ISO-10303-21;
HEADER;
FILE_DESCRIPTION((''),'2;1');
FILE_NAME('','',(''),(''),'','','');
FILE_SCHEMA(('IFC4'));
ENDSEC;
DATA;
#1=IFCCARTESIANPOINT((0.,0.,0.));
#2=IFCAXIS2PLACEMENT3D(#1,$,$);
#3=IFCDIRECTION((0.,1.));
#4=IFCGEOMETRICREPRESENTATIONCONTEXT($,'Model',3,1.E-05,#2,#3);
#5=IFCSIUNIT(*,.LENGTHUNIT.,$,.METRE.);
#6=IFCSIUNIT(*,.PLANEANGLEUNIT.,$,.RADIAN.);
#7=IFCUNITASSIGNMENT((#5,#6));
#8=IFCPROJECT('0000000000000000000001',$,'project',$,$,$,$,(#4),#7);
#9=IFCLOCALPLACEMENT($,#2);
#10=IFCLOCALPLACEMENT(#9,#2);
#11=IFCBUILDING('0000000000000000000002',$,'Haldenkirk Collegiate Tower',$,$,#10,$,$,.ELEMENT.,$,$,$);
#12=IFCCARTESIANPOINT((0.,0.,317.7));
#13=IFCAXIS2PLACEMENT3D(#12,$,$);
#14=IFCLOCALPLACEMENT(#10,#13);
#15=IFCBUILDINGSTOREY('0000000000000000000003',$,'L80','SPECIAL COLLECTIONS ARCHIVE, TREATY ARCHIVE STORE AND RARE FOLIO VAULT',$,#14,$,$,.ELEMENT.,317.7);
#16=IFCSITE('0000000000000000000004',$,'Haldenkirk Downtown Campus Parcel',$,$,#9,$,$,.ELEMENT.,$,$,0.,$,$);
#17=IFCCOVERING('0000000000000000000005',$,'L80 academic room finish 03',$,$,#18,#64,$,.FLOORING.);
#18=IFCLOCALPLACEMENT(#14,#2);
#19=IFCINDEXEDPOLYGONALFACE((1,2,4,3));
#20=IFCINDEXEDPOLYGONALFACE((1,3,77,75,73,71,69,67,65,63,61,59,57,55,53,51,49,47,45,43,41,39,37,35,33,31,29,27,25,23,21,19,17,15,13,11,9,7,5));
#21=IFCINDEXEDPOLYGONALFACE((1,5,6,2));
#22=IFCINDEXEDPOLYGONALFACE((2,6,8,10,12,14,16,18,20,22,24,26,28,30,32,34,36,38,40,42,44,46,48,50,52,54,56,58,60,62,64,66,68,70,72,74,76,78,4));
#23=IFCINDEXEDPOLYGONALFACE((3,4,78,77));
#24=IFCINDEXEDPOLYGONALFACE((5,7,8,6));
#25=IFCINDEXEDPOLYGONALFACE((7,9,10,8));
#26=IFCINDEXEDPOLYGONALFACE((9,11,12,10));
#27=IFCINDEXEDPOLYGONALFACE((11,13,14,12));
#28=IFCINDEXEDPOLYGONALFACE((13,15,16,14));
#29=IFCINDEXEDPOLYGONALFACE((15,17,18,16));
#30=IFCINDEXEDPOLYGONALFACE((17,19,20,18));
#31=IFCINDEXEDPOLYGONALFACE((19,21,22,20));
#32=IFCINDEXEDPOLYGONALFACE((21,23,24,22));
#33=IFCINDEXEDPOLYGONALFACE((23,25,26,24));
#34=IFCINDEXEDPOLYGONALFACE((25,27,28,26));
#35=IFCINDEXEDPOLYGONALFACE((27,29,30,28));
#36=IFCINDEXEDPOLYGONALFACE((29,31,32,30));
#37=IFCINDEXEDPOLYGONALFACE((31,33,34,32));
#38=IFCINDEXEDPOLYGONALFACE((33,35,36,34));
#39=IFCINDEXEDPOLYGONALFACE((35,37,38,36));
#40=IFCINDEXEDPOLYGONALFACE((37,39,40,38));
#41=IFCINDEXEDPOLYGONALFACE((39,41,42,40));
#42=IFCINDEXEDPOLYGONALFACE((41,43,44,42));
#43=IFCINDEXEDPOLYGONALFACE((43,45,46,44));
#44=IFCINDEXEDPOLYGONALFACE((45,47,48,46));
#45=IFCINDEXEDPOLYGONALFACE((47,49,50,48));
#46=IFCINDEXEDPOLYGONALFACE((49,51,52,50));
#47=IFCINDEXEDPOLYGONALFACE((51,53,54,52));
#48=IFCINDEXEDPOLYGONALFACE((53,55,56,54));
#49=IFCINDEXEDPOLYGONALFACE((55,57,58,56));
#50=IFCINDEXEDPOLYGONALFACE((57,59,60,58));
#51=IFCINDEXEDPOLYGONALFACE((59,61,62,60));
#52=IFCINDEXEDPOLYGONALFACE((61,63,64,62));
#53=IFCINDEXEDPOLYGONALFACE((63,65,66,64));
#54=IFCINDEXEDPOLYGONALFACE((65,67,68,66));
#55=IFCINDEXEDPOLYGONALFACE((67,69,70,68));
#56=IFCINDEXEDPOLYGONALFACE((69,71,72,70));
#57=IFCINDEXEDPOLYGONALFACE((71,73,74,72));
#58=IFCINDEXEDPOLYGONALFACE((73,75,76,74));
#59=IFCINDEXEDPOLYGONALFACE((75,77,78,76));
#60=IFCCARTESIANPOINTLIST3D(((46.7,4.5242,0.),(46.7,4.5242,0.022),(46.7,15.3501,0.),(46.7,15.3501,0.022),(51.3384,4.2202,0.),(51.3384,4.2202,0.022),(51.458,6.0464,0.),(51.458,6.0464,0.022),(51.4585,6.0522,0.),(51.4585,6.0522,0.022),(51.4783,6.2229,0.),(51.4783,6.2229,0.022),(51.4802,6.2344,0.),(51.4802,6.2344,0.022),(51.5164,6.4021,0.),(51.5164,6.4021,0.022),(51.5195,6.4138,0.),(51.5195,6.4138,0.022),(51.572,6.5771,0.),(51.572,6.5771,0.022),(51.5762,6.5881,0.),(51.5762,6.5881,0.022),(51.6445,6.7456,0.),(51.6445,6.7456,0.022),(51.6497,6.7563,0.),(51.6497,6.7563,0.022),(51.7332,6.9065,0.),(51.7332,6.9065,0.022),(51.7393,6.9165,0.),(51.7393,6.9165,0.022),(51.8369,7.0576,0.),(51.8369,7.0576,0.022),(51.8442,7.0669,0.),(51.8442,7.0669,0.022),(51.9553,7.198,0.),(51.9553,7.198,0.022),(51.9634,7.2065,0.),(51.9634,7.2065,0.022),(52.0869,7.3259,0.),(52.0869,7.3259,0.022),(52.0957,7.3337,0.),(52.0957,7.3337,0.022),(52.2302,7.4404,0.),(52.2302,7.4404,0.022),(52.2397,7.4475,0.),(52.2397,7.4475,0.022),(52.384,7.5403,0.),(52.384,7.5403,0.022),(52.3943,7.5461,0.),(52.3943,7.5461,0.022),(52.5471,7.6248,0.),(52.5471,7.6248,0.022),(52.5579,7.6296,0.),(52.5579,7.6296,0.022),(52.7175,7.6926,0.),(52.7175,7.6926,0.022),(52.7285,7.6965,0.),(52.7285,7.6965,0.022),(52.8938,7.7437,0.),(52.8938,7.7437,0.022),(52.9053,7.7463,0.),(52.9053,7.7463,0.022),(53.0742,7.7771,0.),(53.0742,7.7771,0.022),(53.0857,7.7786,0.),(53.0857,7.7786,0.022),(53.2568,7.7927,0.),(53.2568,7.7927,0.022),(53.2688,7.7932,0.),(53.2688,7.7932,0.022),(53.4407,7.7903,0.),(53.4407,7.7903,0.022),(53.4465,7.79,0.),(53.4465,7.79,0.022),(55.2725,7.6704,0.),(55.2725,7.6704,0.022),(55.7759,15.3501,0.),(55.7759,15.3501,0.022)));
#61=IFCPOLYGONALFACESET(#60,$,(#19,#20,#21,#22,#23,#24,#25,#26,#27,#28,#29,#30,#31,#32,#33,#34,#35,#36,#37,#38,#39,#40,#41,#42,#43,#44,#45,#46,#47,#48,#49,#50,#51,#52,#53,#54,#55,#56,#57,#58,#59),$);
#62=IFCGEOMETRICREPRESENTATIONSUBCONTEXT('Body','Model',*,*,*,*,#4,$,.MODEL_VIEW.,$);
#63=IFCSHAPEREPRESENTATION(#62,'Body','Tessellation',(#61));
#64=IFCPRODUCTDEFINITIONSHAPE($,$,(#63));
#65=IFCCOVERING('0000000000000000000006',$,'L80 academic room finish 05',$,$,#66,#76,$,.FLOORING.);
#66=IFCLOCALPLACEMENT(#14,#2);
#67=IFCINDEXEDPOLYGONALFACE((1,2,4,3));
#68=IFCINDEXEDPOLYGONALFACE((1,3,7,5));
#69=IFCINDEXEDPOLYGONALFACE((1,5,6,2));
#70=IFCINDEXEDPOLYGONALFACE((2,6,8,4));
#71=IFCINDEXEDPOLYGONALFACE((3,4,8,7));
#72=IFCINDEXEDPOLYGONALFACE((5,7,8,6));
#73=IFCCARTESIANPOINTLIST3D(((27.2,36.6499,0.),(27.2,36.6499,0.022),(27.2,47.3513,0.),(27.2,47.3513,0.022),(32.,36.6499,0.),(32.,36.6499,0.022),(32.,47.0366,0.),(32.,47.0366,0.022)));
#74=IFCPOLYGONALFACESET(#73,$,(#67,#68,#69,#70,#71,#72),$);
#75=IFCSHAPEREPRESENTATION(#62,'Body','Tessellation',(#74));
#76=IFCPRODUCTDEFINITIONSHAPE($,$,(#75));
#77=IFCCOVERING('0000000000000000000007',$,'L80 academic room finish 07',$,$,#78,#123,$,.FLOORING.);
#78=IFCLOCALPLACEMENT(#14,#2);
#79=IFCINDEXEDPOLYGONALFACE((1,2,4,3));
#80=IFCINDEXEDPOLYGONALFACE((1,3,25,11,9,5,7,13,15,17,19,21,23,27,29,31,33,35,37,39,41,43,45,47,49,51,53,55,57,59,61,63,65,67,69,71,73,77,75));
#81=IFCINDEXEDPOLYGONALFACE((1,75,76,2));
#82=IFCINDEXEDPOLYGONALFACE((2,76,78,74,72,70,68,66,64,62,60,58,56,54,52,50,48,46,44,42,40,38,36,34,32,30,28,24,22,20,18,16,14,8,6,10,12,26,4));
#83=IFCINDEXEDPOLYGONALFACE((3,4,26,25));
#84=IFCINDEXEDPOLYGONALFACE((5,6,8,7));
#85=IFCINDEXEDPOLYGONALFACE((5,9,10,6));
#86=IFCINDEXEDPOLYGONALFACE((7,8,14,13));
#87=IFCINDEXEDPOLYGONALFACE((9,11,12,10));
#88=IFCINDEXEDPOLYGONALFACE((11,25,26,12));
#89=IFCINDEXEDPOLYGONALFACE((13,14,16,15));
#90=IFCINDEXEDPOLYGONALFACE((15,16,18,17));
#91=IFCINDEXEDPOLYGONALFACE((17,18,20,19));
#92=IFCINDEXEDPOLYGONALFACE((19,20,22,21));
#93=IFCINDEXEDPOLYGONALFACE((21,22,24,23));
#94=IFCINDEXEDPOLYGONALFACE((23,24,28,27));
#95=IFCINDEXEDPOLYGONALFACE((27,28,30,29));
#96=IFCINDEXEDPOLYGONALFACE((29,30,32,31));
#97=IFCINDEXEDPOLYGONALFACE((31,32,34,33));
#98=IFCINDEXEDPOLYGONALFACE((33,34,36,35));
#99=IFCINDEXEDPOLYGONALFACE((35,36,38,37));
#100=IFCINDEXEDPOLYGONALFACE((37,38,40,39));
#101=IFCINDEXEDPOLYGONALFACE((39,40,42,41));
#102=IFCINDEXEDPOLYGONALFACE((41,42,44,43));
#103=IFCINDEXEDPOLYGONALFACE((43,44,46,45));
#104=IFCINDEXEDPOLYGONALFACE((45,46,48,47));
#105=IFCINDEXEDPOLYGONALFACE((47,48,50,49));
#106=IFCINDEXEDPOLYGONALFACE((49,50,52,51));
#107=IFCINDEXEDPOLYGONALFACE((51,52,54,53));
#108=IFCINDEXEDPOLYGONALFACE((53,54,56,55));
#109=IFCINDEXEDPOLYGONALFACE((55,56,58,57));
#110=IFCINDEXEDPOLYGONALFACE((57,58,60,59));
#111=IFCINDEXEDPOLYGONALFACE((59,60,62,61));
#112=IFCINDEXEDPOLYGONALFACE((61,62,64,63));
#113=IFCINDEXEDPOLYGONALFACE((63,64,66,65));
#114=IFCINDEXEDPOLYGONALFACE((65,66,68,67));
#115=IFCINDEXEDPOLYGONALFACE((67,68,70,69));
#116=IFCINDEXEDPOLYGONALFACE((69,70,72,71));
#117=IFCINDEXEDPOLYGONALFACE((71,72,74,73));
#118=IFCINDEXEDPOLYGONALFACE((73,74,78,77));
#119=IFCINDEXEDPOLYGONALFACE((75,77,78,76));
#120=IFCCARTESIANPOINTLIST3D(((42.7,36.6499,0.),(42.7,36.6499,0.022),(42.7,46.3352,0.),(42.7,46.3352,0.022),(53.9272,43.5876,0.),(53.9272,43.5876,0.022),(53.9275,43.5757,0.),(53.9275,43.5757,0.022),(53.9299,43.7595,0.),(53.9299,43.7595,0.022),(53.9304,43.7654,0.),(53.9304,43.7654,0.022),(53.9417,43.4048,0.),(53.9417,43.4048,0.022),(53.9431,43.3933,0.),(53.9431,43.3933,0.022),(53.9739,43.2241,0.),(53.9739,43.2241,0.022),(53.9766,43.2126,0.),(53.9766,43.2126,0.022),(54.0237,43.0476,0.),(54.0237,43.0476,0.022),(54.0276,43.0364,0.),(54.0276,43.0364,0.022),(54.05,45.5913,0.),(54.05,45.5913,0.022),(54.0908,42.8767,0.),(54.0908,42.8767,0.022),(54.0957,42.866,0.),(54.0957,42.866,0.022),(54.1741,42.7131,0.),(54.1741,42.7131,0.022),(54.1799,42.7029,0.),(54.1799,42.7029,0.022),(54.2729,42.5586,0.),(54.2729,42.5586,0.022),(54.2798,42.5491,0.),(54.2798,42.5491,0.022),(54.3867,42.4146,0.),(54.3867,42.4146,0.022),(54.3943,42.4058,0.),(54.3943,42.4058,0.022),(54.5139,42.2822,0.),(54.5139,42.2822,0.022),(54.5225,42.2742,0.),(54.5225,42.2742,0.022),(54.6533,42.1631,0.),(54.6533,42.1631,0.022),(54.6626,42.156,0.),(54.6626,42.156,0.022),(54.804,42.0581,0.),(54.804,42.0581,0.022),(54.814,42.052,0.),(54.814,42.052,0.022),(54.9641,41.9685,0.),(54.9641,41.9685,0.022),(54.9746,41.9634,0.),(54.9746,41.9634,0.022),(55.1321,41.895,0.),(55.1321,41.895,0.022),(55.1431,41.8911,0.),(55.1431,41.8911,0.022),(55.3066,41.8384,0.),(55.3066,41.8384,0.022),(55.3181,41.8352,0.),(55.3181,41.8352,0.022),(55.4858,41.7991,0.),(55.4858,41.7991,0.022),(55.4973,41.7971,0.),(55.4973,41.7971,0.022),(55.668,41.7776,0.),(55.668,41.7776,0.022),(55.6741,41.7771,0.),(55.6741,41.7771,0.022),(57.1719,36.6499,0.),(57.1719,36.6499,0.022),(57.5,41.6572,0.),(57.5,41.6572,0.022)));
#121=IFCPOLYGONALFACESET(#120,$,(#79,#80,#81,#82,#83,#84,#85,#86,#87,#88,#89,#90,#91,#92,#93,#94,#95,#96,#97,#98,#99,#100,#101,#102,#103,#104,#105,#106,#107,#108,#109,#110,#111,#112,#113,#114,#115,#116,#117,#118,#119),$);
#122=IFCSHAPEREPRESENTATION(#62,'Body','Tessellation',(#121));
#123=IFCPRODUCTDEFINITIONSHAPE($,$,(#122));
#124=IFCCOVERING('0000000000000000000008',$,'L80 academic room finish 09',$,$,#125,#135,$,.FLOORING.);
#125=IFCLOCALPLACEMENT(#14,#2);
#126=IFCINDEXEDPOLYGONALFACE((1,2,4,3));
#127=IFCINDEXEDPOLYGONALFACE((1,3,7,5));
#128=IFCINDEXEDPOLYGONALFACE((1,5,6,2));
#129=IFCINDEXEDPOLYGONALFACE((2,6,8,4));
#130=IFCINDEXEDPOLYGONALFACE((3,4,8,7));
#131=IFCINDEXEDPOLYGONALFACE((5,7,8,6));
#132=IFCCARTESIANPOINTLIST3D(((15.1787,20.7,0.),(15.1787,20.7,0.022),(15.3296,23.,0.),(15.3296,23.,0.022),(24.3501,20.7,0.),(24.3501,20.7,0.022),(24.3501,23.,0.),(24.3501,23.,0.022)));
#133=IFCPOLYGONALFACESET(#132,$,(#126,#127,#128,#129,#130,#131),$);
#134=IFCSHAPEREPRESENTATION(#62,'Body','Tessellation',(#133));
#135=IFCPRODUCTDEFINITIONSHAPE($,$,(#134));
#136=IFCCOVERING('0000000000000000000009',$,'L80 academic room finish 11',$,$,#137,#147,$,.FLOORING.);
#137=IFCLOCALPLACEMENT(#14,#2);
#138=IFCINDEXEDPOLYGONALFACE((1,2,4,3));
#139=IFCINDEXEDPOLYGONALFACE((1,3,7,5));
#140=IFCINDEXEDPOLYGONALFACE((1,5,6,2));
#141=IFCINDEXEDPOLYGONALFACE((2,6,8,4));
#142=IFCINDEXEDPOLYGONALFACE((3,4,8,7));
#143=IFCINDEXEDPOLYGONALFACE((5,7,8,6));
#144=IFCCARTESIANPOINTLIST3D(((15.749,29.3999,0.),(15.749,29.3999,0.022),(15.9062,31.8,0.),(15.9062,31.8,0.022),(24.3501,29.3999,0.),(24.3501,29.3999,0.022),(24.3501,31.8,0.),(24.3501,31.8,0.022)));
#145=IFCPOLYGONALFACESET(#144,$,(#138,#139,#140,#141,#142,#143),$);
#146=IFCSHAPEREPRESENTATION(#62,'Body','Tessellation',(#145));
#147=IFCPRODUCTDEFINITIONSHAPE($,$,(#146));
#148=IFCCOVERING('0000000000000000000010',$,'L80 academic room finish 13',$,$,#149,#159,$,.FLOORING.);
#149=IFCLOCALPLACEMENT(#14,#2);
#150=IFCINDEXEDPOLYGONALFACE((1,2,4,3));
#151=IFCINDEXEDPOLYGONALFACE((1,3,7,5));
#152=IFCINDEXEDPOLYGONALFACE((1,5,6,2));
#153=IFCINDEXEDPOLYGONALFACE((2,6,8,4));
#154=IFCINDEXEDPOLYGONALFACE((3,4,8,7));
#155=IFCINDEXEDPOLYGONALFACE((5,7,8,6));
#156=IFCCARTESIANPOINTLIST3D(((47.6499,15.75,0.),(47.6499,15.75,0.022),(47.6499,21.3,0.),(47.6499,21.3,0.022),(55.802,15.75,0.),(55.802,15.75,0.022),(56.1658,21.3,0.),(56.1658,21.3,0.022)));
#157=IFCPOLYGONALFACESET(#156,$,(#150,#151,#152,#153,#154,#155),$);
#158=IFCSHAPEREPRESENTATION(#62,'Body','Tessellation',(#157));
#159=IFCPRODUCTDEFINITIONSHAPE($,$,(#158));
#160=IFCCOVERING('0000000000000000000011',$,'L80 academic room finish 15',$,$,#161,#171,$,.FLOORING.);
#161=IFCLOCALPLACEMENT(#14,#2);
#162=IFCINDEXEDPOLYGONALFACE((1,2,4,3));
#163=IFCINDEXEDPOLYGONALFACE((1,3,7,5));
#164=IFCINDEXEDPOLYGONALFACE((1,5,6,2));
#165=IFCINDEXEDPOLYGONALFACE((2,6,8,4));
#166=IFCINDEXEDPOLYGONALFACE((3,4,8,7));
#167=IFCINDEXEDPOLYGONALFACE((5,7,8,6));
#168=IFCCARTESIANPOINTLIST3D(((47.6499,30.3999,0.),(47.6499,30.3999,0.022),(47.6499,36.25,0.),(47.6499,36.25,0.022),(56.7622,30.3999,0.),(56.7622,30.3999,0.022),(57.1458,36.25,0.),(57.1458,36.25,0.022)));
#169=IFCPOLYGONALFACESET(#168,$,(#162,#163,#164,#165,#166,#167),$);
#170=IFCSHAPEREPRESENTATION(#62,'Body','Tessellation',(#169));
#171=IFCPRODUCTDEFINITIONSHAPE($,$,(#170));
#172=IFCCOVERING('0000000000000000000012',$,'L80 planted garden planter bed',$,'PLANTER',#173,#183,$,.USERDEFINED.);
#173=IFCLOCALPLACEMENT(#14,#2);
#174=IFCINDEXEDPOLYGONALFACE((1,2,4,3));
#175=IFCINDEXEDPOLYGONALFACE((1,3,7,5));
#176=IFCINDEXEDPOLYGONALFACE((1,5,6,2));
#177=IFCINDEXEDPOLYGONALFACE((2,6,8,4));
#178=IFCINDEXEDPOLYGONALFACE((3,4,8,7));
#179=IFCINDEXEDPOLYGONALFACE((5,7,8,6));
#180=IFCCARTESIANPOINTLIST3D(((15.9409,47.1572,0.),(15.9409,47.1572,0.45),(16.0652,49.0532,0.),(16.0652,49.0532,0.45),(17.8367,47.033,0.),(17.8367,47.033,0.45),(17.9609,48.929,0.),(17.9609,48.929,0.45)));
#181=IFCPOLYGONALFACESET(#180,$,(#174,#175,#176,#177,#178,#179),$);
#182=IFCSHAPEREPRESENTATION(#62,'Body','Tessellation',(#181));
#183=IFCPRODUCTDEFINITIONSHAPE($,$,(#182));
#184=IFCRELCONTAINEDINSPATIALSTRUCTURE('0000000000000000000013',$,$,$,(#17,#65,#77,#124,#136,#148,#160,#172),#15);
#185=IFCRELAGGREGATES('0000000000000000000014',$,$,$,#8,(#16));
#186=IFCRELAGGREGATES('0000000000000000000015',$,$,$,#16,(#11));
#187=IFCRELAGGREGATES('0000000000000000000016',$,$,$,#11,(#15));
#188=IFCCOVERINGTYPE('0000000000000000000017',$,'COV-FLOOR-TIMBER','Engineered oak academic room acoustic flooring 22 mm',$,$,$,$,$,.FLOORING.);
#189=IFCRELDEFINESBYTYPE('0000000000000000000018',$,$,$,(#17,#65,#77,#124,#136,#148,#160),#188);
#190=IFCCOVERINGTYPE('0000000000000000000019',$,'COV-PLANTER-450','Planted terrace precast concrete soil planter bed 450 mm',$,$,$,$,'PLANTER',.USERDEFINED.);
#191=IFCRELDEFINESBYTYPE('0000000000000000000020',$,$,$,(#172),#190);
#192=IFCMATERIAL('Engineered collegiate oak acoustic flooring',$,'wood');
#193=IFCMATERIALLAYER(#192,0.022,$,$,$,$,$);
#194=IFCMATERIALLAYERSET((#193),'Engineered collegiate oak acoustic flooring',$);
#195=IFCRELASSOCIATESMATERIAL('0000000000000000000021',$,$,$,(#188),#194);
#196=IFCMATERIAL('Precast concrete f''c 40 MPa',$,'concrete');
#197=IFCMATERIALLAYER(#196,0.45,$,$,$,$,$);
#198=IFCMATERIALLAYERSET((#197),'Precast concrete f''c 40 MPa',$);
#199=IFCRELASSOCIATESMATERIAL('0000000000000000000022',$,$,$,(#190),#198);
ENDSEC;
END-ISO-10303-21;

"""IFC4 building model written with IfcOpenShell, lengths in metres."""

from ifc_helpers import new_model, si_unit, direction, frame, origin, place, context, subcontext, project, spatial, polyline, outline, extrude, material, layer, layer_set, type_object, element, save


model = new_model("IFC4")

# Units and contexts
model_context = context("Model", 3, precision=1e-05, world=origin(), true_north=direction((0.0, 1.0)))
body_context = subcontext(model_context, "Body", "Model", "MODEL_VIEW")
ifc_project = project(units=[si_unit("LENGTHUNIT", "METRE"), si_unit("PLANEANGLEUNIT", "RADIAN")], contexts=[model_context])

# Site, building, storey
site_placement = place(None, origin())
site = spatial("IfcSite", under=ifc_project, at=site_placement, Name="Haldenkirk Downtown Campus Parcel", CompositionType="ELEMENT", RefElevation=0.0)
building_placement = place(site_placement, origin())
building = spatial("IfcBuilding", under=site, at=building_placement, Name="Haldenkirk Collegiate Tower", CompositionType="ELEMENT")
storey_placement = place(building_placement, frame((0.0, 0.0, 317.7)))
storey = spatial("IfcBuildingStorey", under=building, at=storey_placement, Name="L80", Description="SPECIAL COLLECTIONS ARCHIVE, TREATY ARCHIVE STORE AND RARE FOLIO VAULT", CompositionType="ELEMENT", Elevation=317.7)

# Shared definitions
ifc_material_1 = material(Name="Precast concrete f'c 40 MPa", Category="concrete")

# Coverings
ifc_material_2 = material(Name="Engineered collegiate oak acoustic flooring", Category="wood")
ifc_layer_1 = layer(ifc_material_2, 0.022)
ifc_layer_set_1 = layer_set([ifc_layer_1], Name="Engineered collegiate oak acoustic flooring")
covering_type_1 = type_object("IfcCoveringType", Name="COV-FLOOR-TIMBER", Description="Engineered oak academic room acoustic flooring 22 mm", PredefinedType="FLOORING", material=ifc_layer_set_1)
covering_1_placement = place(storey_placement, origin())
element("IfcCovering", 1, at=covering_1_placement, inside=storey, type_object=covering_type_1, Name="L80 academic room finish 03", PredefinedType="FLOORING", context=body_context, shape_type="SweptSolid", body=[
    extrude(outline(polyline([(52.7285, 7.6965), (52.7175, 7.6926), (52.5579, 7.6296), (52.5471, 7.6248), (52.3943, 7.5461), (52.384, 7.5403), (52.2397, 7.4475), (52.2302, 7.4404), (52.0957, 7.3337), (52.0869, 7.3259), (51.9634, 7.2065), (51.9553, 7.198), (51.8442, 7.0669), (51.8369, 7.0576), (51.7393, 6.9165), (51.7332, 6.9065), (51.6497, 6.7563), (51.6445, 6.7456), (51.5762, 6.5881), (51.572, 6.5771), (51.5195, 6.4138), (51.5164, 6.4021), (51.4802, 6.2344), (51.4783, 6.2229), (51.4585, 6.0522), (51.458, 6.0464), (51.3384, 4.2202), (46.7, 4.5242), (46.7, 15.3501), (55.7759, 15.3501), (55.2725, 7.6704), (53.4465, 7.79), (53.4407, 7.7903), (53.2688, 7.7932), (53.2568, 7.7927), (53.0857, 7.7786), (53.0742, 7.7771), (52.9053, 7.7463), (52.8938, 7.7437), (52.7285, 7.6965)])), origin(), (0.0, 0.0, 1.0), 0.022),
])
covering_2_placement = place(storey_placement, origin())
element("IfcCovering", 2, at=covering_2_placement, inside=storey, type_object=covering_type_1, Name="L80 academic room finish 05", PredefinedType="FLOORING", context=body_context, shape_type="SweptSolid", body=[
    extrude(outline(polyline([(32.0, 47.0366), (32.0, 36.6499), (27.2, 36.6499), (27.2, 47.3513), (32.0, 47.0366)])), origin(), (0.0, 0.0, 1.0), 0.022),
])
covering_3_placement = place(storey_placement, origin())
element("IfcCovering", 3, at=covering_3_placement, inside=storey, type_object=covering_type_1, Name="L80 academic room finish 07", PredefinedType="FLOORING", context=body_context, shape_type="SweptSolid", body=[
    extrude(outline(polyline([(54.05, 45.5913), (53.9304, 43.7654), (53.9299, 43.7595), (53.9272, 43.5876), (53.9275, 43.5757), (53.9417, 43.4048), (53.9431, 43.3933), (53.9739, 43.2241), (53.9766, 43.2126), (54.0237, 43.0476), (54.0276, 43.0364), (54.0908, 42.8767), (54.0957, 42.866), (54.1741, 42.7131), (54.1799, 42.7029), (54.2729, 42.5586), (54.2798, 42.5491), (54.3867, 42.4146), (54.3943, 42.4058), (54.5139, 42.2822), (54.5225, 42.2742), (54.6533, 42.1631), (54.6626, 42.156), (54.804, 42.0581), (54.814, 42.052), (54.9641, 41.9685), (54.9746, 41.9634), (55.1321, 41.895), (55.1431, 41.8911), (55.3066, 41.8384), (55.3181, 41.8352), (55.4858, 41.7991), (55.4973, 41.7971), (55.668, 41.7776), (55.6741, 41.7771), (57.5, 41.6572), (57.1719, 36.6499), (42.7, 36.6499), (42.7, 46.3352), (54.05, 45.5913)])), origin(), (0.0, 0.0, 1.0), 0.022),
])
covering_4_placement = place(storey_placement, origin())
element("IfcCovering", 4, at=covering_4_placement, inside=storey, type_object=covering_type_1, Name="L80 academic room finish 09", PredefinedType="FLOORING", context=body_context, shape_type="SweptSolid", body=[
    extrude(outline(polyline([(15.3296, 23.0), (24.3501, 23.0), (24.3501, 20.7), (15.1787, 20.7), (15.3296, 23.0)])), origin(), (0.0, 0.0, 1.0), 0.022),
])
covering_5_placement = place(storey_placement, origin())
element("IfcCovering", 5, at=covering_5_placement, inside=storey, type_object=covering_type_1, Name="L80 academic room finish 11", PredefinedType="FLOORING", context=body_context, shape_type="SweptSolid", body=[
    extrude(outline(polyline([(15.9062, 31.8), (24.3501, 31.8), (24.3501, 29.3999), (15.749, 29.3999), (15.9062, 31.8)])), origin(), (0.0, 0.0, 1.0), 0.022),
])
covering_6_placement = place(storey_placement, origin())
element("IfcCovering", 6, at=covering_6_placement, inside=storey, type_object=covering_type_1, Name="L80 academic room finish 13", PredefinedType="FLOORING", context=body_context, shape_type="SweptSolid", body=[
    extrude(outline(polyline([(55.802, 15.75), (47.6499, 15.75), (47.6499, 21.3), (56.1658, 21.3), (55.802, 15.75)])), origin(), (0.0, 0.0, 1.0), 0.022),
])
covering_7_placement = place(storey_placement, origin())
element("IfcCovering", 7, at=covering_7_placement, inside=storey, type_object=covering_type_1, Name="L80 academic room finish 15", PredefinedType="FLOORING", context=body_context, shape_type="SweptSolid", body=[
    extrude(outline(polyline([(56.7622, 30.3999), (47.6499, 30.3999), (47.6499, 36.25), (57.1458, 36.25), (56.7622, 30.3999)])), origin(), (0.0, 0.0, 1.0), 0.022),
])
ifc_layer_2 = layer(ifc_material_1, 0.45)
ifc_layer_set_2 = layer_set([ifc_layer_2], Name="Precast concrete f'c 40 MPa")
covering_type_2 = type_object("IfcCoveringType", Name="COV-PLANTER-450", Description="Planted terrace precast concrete soil planter bed 450 mm", ElementType="PLANTER", PredefinedType="USERDEFINED", material=ifc_layer_set_2)
covering_8_placement = place(storey_placement, origin())
element("IfcCovering", 8, at=covering_8_placement, inside=storey, type_object=covering_type_2, Name="L80 planted garden planter bed", ObjectType="PLANTER", PredefinedType="USERDEFINED", context=body_context, shape_type="SweptSolid", body=[
    extrude(outline(polyline([(17.8367, 47.033), (15.9409, 47.1572), (16.0652, 49.0532), (17.9609, 48.929), (17.8367, 47.033)])), origin(), (0.0, 0.0, 1.0), 0.45),
])

save(model, "model.ifc")
